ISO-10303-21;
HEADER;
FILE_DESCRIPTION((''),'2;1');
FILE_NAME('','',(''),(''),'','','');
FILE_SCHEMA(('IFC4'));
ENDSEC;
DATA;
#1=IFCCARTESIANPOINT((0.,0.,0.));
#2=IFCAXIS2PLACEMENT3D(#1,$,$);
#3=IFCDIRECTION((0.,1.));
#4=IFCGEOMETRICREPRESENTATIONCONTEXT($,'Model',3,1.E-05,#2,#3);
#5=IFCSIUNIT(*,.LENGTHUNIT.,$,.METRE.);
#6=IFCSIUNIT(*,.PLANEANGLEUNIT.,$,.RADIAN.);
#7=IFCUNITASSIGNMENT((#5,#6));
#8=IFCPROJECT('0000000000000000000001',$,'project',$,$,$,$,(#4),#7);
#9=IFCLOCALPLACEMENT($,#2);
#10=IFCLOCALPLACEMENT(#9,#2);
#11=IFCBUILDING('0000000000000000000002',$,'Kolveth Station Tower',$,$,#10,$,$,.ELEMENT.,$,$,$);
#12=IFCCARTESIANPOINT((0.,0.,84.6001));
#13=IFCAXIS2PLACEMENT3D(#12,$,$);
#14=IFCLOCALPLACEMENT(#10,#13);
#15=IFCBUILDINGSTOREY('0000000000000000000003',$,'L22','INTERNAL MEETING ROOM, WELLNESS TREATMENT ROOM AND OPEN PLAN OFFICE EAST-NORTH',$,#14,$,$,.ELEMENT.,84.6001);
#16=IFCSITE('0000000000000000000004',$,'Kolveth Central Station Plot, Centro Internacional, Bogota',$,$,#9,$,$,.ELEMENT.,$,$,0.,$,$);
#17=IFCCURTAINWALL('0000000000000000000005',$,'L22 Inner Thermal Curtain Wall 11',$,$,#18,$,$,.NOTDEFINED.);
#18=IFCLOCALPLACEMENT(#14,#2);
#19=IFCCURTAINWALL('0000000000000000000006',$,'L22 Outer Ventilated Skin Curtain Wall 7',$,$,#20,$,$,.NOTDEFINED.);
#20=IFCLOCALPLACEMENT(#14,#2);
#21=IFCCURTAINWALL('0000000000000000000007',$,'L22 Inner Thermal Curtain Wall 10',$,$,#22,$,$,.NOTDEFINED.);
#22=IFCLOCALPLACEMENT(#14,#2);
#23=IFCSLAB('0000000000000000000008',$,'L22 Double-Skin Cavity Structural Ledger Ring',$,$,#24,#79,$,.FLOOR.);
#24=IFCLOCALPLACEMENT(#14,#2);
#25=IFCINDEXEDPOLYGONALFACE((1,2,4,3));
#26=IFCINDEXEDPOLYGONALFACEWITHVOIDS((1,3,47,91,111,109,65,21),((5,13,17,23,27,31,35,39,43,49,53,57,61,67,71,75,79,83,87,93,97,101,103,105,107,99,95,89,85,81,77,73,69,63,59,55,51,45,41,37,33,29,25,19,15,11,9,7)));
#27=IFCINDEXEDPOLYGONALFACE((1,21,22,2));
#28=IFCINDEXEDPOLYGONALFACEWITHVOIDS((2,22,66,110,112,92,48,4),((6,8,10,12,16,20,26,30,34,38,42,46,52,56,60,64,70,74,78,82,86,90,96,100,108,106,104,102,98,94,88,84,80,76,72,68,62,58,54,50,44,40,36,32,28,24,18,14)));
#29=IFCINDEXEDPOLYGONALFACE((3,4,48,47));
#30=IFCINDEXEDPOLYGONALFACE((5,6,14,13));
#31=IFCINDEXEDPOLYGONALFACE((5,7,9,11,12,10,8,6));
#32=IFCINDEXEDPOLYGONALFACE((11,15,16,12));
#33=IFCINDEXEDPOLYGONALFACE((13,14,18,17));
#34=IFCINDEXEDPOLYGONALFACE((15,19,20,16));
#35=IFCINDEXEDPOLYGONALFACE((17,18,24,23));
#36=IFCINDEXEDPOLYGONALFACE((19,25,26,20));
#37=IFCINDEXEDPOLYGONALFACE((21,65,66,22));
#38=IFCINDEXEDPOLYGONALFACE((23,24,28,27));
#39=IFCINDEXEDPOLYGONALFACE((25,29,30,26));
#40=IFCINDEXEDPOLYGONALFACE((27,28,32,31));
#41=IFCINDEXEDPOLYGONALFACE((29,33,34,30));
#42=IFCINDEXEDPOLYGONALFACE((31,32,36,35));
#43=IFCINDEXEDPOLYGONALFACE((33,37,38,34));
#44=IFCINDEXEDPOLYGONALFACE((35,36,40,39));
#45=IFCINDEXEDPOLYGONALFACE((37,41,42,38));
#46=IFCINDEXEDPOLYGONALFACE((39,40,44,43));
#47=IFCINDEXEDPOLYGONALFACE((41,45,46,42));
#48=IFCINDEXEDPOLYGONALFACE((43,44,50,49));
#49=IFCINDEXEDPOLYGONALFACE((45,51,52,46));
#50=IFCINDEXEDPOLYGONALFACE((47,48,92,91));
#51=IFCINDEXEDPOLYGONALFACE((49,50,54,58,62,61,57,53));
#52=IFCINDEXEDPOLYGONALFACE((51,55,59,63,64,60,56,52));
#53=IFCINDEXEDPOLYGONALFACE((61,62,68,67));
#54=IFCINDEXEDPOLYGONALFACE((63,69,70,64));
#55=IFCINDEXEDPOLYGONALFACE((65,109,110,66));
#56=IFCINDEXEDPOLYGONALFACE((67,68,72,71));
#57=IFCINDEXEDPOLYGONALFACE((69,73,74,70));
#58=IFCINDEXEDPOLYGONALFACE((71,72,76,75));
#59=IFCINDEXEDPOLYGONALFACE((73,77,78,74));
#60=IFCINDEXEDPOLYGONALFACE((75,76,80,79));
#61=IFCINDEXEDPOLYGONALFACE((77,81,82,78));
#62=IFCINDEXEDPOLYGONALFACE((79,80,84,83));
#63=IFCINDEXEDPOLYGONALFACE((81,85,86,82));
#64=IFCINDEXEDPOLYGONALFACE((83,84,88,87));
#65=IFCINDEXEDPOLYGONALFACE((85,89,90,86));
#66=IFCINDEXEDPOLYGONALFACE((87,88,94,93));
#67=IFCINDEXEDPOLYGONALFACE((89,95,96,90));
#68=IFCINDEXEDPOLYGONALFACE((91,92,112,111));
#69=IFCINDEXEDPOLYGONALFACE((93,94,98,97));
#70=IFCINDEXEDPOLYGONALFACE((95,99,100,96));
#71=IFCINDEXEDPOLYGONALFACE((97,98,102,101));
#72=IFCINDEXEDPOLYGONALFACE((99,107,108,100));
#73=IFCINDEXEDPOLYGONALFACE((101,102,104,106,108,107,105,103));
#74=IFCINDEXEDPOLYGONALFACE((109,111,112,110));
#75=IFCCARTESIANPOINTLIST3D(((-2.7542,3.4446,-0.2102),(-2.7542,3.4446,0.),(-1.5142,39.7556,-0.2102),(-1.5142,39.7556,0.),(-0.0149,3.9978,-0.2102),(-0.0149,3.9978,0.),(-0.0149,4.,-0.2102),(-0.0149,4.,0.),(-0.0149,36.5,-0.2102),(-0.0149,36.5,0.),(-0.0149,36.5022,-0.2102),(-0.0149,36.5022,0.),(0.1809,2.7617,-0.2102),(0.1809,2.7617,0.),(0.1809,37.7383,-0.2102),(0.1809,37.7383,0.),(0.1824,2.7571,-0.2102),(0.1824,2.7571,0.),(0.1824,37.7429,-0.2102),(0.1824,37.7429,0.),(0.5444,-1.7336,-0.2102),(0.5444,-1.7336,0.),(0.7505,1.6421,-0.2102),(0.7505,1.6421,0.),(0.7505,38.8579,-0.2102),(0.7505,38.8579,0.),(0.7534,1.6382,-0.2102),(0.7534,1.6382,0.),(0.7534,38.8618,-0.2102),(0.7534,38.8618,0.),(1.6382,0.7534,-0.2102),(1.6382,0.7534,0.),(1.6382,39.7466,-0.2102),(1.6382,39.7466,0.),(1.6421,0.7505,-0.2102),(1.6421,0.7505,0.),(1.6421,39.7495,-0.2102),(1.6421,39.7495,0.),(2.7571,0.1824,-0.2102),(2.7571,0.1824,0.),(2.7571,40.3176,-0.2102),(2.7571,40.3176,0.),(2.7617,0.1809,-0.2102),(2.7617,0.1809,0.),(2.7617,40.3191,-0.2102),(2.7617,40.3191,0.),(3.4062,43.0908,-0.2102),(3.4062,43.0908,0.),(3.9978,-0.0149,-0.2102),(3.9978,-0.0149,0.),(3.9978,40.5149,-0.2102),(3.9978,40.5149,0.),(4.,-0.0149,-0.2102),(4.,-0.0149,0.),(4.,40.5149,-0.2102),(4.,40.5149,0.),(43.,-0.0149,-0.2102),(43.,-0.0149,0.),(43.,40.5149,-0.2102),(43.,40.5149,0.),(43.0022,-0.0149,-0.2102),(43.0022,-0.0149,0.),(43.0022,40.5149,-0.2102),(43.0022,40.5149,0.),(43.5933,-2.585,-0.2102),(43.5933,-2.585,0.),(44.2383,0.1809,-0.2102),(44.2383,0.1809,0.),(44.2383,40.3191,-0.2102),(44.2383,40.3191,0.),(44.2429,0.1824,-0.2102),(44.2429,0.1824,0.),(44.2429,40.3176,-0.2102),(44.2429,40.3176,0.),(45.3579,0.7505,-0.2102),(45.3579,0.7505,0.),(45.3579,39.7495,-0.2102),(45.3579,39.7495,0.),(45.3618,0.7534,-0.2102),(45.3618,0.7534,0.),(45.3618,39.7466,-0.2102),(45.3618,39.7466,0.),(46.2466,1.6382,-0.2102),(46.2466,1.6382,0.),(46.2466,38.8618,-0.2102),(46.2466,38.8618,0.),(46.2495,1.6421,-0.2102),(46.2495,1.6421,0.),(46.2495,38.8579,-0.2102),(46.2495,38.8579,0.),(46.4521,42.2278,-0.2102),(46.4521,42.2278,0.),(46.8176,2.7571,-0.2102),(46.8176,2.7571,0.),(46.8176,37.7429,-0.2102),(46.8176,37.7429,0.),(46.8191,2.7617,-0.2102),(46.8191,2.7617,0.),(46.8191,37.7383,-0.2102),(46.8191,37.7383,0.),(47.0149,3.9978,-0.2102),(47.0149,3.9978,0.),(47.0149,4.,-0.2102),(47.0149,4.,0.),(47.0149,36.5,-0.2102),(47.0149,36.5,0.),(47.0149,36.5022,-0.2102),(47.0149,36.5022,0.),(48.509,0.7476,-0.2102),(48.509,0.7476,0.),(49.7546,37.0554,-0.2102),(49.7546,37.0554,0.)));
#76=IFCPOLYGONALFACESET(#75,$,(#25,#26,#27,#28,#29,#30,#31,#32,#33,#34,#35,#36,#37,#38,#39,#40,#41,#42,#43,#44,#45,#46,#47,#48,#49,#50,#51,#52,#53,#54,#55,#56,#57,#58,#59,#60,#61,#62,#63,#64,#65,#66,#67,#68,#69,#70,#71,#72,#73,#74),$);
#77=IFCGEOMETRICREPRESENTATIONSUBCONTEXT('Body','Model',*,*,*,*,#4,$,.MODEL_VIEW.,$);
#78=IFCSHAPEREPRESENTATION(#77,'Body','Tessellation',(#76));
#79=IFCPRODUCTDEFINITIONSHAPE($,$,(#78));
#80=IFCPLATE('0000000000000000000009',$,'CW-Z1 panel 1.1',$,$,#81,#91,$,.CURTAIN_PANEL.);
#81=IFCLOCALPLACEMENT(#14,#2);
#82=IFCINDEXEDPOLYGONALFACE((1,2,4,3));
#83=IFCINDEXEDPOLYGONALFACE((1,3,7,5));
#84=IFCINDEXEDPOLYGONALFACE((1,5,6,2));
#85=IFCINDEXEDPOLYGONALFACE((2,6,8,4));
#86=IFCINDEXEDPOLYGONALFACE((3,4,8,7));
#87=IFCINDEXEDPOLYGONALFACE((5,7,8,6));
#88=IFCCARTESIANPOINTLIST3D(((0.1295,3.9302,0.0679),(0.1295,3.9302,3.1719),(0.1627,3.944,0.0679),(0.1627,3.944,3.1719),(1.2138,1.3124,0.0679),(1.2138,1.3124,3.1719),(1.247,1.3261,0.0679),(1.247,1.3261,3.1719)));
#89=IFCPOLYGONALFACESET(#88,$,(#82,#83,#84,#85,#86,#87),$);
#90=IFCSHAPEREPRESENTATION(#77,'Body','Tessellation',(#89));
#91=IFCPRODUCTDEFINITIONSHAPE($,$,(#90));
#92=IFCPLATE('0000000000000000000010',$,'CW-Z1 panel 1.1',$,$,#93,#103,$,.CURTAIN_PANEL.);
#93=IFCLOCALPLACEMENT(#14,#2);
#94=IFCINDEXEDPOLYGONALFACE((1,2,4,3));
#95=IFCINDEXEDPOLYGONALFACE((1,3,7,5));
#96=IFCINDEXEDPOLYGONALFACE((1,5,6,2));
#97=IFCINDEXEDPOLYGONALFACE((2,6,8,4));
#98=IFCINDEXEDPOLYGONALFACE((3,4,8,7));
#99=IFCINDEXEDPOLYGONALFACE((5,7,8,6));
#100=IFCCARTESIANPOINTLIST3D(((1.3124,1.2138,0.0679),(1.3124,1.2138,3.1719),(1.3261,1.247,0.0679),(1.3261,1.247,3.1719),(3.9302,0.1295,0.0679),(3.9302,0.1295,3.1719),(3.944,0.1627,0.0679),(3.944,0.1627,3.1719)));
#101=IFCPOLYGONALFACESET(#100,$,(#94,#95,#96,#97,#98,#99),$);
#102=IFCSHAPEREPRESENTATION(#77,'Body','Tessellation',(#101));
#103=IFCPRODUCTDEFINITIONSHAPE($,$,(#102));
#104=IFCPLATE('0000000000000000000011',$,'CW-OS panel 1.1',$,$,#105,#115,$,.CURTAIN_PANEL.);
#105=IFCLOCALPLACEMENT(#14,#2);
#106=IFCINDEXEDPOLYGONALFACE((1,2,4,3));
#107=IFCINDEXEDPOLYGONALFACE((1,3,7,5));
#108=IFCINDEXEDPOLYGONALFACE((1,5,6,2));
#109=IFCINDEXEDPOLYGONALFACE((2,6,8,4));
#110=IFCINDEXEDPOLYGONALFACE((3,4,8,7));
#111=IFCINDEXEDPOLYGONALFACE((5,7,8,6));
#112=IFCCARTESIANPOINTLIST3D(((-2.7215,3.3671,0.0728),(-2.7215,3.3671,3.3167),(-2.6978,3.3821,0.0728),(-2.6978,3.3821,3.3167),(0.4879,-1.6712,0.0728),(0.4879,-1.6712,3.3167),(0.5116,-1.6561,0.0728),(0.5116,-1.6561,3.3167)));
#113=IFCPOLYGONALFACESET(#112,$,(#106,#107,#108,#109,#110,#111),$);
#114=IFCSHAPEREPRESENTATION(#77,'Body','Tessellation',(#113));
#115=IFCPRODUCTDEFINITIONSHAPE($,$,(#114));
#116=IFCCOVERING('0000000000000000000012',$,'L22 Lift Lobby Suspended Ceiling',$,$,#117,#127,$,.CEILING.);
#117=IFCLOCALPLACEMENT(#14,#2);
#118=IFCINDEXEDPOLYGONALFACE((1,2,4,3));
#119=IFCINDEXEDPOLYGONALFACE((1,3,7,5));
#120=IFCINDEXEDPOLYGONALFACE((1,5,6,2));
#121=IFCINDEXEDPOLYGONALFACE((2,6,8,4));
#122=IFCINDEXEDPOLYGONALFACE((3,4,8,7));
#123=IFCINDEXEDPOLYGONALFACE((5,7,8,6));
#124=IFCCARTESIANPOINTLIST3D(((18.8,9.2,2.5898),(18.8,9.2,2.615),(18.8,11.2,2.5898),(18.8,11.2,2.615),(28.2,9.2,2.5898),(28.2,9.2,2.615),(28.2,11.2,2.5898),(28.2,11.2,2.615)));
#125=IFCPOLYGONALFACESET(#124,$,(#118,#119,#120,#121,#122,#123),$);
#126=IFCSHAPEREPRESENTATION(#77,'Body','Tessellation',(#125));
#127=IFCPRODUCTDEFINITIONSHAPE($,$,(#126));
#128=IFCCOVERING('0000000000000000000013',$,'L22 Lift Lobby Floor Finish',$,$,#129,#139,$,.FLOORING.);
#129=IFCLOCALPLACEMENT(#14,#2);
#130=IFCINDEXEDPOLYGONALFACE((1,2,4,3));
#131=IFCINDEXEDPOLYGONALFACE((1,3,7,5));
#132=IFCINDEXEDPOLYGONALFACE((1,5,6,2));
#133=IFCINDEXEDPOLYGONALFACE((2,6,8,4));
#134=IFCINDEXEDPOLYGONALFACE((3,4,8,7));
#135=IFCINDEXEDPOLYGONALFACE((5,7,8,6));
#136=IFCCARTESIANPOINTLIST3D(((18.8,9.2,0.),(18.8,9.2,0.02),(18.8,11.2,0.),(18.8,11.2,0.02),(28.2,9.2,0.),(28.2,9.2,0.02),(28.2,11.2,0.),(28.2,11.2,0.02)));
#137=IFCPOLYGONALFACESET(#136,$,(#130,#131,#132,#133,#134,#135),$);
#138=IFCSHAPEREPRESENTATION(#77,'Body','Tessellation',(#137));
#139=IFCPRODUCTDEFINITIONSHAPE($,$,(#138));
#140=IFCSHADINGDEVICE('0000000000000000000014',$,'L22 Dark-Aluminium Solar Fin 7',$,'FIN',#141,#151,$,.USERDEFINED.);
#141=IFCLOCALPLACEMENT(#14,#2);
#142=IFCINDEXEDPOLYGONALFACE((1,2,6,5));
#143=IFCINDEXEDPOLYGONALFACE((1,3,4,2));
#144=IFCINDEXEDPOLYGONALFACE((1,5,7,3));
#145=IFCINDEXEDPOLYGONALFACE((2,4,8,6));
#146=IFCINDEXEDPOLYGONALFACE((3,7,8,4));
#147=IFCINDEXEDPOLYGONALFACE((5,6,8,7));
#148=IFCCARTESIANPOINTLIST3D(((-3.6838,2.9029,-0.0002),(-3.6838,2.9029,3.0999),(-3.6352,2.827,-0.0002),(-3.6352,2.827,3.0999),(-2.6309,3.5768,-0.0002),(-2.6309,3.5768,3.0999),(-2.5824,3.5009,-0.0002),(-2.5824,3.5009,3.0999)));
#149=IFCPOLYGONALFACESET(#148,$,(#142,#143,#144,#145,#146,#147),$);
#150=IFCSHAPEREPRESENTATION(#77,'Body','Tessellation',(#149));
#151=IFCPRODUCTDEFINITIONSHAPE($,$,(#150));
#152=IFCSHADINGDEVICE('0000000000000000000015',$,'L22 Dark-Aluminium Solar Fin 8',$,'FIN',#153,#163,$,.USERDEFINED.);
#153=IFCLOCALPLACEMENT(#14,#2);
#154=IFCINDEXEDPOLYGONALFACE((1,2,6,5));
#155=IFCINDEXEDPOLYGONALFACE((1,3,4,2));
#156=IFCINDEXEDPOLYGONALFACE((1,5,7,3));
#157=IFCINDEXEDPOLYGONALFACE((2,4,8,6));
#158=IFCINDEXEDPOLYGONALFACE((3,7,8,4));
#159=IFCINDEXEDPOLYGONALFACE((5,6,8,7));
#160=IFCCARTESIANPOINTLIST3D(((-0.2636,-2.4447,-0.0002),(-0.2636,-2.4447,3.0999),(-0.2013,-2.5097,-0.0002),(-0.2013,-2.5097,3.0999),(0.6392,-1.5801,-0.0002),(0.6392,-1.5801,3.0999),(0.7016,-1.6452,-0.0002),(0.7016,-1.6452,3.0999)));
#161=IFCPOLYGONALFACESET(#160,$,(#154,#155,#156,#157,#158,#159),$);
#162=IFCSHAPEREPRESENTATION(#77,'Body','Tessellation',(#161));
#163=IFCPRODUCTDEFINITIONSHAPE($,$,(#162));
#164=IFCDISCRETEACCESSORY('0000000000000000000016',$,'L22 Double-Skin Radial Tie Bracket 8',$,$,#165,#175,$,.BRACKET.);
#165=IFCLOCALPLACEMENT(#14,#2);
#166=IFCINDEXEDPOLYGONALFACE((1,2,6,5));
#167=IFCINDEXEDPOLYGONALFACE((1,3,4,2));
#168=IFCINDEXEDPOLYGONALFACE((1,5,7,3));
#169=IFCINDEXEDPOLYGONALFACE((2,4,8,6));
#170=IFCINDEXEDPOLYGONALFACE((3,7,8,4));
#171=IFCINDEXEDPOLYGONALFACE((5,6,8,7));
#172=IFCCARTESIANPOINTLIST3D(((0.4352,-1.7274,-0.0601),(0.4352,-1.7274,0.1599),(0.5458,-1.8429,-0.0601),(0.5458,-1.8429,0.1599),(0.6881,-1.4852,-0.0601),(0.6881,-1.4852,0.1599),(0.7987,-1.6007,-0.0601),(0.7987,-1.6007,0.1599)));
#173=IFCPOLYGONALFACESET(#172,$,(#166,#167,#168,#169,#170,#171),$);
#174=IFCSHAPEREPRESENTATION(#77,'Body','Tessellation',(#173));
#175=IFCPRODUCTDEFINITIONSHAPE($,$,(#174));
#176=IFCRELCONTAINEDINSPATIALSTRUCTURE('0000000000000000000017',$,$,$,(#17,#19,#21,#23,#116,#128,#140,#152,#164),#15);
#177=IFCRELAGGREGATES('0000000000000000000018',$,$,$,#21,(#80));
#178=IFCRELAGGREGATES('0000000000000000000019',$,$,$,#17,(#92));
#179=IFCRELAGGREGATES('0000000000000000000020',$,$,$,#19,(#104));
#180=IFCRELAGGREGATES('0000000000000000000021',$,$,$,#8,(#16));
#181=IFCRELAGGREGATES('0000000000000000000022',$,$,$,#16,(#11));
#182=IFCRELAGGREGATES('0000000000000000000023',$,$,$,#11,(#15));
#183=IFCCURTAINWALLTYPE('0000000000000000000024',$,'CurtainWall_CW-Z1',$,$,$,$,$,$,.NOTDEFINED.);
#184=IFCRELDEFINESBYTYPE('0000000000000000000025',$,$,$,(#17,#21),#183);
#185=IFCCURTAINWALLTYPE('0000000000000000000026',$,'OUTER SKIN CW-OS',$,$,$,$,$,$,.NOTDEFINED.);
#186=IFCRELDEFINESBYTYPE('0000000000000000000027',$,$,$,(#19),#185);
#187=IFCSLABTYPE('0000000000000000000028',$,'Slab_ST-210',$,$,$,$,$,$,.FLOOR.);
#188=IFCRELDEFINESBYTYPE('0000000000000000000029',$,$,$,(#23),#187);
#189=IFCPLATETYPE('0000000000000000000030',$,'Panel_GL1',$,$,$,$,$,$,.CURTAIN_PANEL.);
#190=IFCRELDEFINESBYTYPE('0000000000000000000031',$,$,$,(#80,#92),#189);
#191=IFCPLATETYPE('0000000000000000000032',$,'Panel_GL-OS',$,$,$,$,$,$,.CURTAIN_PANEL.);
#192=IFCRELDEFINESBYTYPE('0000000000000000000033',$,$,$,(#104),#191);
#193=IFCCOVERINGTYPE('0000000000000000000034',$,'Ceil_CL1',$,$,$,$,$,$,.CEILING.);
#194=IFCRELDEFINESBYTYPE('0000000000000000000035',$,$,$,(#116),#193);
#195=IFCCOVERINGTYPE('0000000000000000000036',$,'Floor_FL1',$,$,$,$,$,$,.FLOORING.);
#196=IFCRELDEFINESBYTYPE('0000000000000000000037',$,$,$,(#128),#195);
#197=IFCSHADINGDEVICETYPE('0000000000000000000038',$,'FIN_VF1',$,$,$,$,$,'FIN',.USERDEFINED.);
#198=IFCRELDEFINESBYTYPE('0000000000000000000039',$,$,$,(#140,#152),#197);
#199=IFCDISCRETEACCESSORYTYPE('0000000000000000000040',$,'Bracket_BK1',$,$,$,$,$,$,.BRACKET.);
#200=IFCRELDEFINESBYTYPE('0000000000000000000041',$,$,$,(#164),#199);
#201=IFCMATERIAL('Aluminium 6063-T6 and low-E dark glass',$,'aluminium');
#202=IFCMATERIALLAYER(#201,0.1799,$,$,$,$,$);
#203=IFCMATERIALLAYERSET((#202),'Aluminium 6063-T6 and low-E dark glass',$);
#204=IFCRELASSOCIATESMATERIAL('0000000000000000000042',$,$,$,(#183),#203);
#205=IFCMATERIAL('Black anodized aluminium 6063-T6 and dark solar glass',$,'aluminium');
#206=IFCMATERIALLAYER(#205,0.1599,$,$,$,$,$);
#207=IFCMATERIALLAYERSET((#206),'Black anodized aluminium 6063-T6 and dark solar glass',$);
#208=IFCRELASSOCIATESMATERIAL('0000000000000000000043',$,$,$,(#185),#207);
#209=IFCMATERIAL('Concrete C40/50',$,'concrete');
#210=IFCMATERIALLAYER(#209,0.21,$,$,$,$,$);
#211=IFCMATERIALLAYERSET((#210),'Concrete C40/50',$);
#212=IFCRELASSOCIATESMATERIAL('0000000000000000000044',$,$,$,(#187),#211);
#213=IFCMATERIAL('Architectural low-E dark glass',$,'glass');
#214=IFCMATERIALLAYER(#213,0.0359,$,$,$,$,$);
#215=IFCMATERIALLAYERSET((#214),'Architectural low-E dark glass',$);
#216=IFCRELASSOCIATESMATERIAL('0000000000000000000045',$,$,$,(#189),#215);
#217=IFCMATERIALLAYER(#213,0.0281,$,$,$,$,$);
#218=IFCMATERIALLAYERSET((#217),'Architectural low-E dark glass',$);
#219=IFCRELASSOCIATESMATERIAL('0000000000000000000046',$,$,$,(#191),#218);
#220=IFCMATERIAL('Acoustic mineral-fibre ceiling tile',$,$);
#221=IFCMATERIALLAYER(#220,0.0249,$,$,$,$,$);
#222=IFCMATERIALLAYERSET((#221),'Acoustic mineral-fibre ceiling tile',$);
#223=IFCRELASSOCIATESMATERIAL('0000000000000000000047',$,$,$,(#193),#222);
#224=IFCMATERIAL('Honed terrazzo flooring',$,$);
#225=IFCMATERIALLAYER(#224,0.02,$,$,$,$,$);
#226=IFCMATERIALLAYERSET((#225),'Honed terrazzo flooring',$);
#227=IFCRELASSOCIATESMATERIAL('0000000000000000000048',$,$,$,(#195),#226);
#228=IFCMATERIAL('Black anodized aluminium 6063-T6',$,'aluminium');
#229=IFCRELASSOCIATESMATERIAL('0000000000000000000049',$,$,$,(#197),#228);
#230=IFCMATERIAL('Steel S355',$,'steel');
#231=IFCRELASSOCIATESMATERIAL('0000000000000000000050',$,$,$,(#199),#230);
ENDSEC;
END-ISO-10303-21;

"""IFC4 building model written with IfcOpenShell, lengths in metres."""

from ifc_helpers import new_model, si_unit, direction, frame, origin, origin_2d, place, context, subcontext, project, spatial, polyline, rectangle, outline, extrude, source, transform, mapped, material, layer, layer_set, type_object, element, aggregate, save


model = new_model("IFC4")

# Units and contexts
model_context = context("Model", 3, precision=1e-05, world=origin(), true_north=direction((0.0, 1.0)))
body_context = subcontext(model_context, "Body", "Model", "MODEL_VIEW")
ifc_project = project(units=[si_unit("LENGTHUNIT", "METRE"), si_unit("PLANEANGLEUNIT", "RADIAN")], contexts=[model_context])

# Site, building, storey
site_placement = place(None, origin())
site = spatial("IfcSite", under=ifc_project, at=site_placement, Name="Kolveth Central Station Plot, Centro Internacional, Bogota", CompositionType="ELEMENT", RefElevation=0.0)
building_placement = place(site_placement, origin())
building = spatial("IfcBuilding", under=site, at=building_placement, Name="Kolveth Station Tower", CompositionType="ELEMENT")
storey_placement = place(building_placement, frame((0.0, 0.0, 84.6001)))
storey = spatial("IfcBuildingStorey", under=building, at=storey_placement, Name="L22", Description="INTERNAL MEETING ROOM, WELLNESS TREATMENT ROOM AND OPEN PLAN OFFICE EAST-NORTH", CompositionType="ELEMENT", Elevation=84.6001)

# Shared definitions
ifc_material_1 = material(Name="Steel S355", Category="steel")

# Curtain wall
ifc_material_2 = material(Name="Aluminium 6063-T6 and low-E dark glass", Category="aluminium")
ifc_layer_1 = layer(ifc_material_2, 0.1799)
ifc_layer_set_1 = layer_set([ifc_layer_1], Name="Aluminium 6063-T6 and low-E dark glass")
curtain_wall_type_1 = type_object("IfcCurtainWallType", Name="CurtainWall_CW-Z1", PredefinedType="NOTDEFINED", material=ifc_layer_set_1)
curtain_wall_1_placement = place(storey_placement, origin())
curtain_wall_1 = element("IfcCurtainWall", 1, at=curtain_wall_1_placement, inside=storey, type_object=curtain_wall_type_1, Name="L22 Inner Thermal Curtain Wall 11", PredefinedType="NOTDEFINED")
ifc_material_3 = material(Name="Black anodized aluminium 6063-T6", Category="aluminium")

# Curtain walls
ifc_material_4 = material(Name="Black anodized aluminium 6063-T6 and dark solar glass", Category="aluminium")
ifc_layer_2 = layer(ifc_material_4, 0.1599)
ifc_layer_set_2 = layer_set([ifc_layer_2], Name="Black anodized aluminium 6063-T6 and dark solar glass")
curtain_wall_type_2 = type_object("IfcCurtainWallType", Name="OUTER SKIN CW-OS", PredefinedType="NOTDEFINED", material=ifc_layer_set_2)
curtain_wall_2_placement = place(storey_placement, origin())
curtain_wall_2 = element("IfcCurtainWall", 2, at=curtain_wall_2_placement, inside=storey, type_object=curtain_wall_type_2, Name="L22 Outer Ventilated Skin Curtain Wall 7", PredefinedType="NOTDEFINED")
curtain_wall_3_placement = place(storey_placement, origin())
curtain_wall_3 = element("IfcCurtainWall", 3, at=curtain_wall_3_placement, inside=storey, type_object=curtain_wall_type_1, Name="L22 Inner Thermal Curtain Wall 10", PredefinedType="NOTDEFINED")

# Shared definitions
ifc_material_5 = material(Name="Concrete C40/50", Category="concrete")

# Slab
ifc_layer_3 = layer(ifc_material_5, 0.21)
ifc_layer_set_3 = layer_set([ifc_layer_3], Name="Concrete C40/50")
slab_type_1 = type_object("IfcSlabType", Name="Slab_ST-210", PredefinedType="FLOOR", material=ifc_layer_set_3)
slab_1_placement = place(storey_placement, frame((0.0, 0.0, -0.2102)))
element("IfcSlab", 4, at=slab_1_placement, inside=storey, type_object=slab_type_1, Name="L22 Double-Skin Cavity Structural Ledger Ring", PredefinedType="FLOOR", context=body_context, shape_type="SweptSolid", body=[
    extrude(outline(polyline([(0.5444, -1.7336), (-2.7542, 3.4446), (-1.5142, 39.7556), (3.4062, 43.0908), (46.4521, 42.2278), (49.7546, 37.0554), (48.509, 0.7476), (43.5933, -2.585), (0.5444, -1.7336)]), holes=[polyline([(43.0022, -0.0149), (44.2383, 0.1809), (44.2429, 0.1824), (45.3579, 0.7505), (45.3618, 0.7534), (46.2466, 1.6382), (46.2495, 1.6421), (46.8176, 2.7571), (46.8191, 2.7617), (47.0149, 3.9978), (47.0149, 4.0), (47.0149, 36.5), (47.0149, 36.5022), (46.8191, 37.7383), (46.8176, 37.7429), (46.2495, 38.8579), (46.2466, 38.8618), (45.3618, 39.7466), (45.3579, 39.7495), (44.2429, 40.3176), (44.2383, 40.3191), (43.0022, 40.5149), (43.0, 40.5149), (4.0, 40.5149), (3.9978, 40.5149), (2.7617, 40.3191), (2.7571, 40.3176), (1.6421, 39.7495), (1.6382, 39.7466), (0.7534, 38.8618), (0.7505, 38.8579), (0.1824, 37.7429), (0.1809, 37.7383), (-0.0149, 36.5022), (-0.0149, 36.5), (-0.0149, 4.0), (-0.0149, 3.9978), (0.1809, 2.7617), (0.1824, 2.7571), (0.7505, 1.6421), (0.7534, 1.6382), (1.6382, 0.7534), (1.6421, 0.7505), (2.7571, 0.1824), (2.7617, 0.1809), (3.9978, -0.0149), (4.0, -0.0149), (43.0, -0.0149), (43.0022, -0.0149)])]), origin(), (0.0, 0.0, 1.0), 0.2102),
])

# Plates
ifc_material_6 = material(Name="Architectural low-E dark glass", Category="glass")
ifc_layer_4 = layer(ifc_material_6, 0.0359)
ifc_layer_set_4 = layer_set([ifc_layer_4], Name="Architectural low-E dark glass")
plate_type_1 = type_object("IfcPlateType", Name="Panel_GL1", PredefinedType="CURTAIN_PANEL", material=ifc_layer_set_4)
shared_shape_1 = source(origin(), body_context, "Body", "SweptSolid", [
    extrude(rectangle(XDim=2.8335, YDim=0.0359, at=origin_2d()), origin(), (0.0, 0.0, 1.0), 3.104),
])
plate_1_placement = place(storey_placement, frame((0.6882, 2.6282, 0.0679), z_axis=(0.0, 0.0, 1.0), x_axis=(0.382673, -0.923884, 0.0)))
plate_1 = element("IfcPlate", 5, at=plate_1_placement, type_object=plate_type_1, Name="CW-Z1 panel 1.1", PredefinedType="CURTAIN_PANEL", context=body_context, shape_type="MappedRepresentation", body=[
    mapped(shared_shape_1, transform((0.0, 0.0, 0.0), x_axis=(1.0, 0.0, 0.0), y_axis=(0.0, 1.0, 0.0), z_axis=(0.0, 0.0, 1.0), scale=1.0)),
])
aggregate(curtain_wall_3, [plate_1])
plate_2_placement = place(storey_placement, frame((2.6282, 0.6882, 0.0679), z_axis=(0.0, 0.0, 1.0), x_axis=(0.923884, -0.382673, 0.0)))
plate_2 = element("IfcPlate", 6, at=plate_2_placement, type_object=plate_type_1, Name="CW-Z1 panel 1.1", PredefinedType="CURTAIN_PANEL", context=body_context, shape_type="MappedRepresentation", body=[
    mapped(shared_shape_1, transform((0.0, 0.0, 0.0), x_axis=(1.0, 0.0, 0.0), y_axis=(0.0, 1.0, 0.0), z_axis=(0.0, 0.0, 1.0), scale=1.0)),
])
aggregate(curtain_wall_1, [plate_2])
ifc_layer_5 = layer(ifc_material_6, 0.0281)
ifc_layer_set_5 = layer_set([ifc_layer_5], Name="Architectural low-E dark glass")
plate_type_2 = type_object("IfcPlateType", Name="Panel_GL-OS", PredefinedType="CURTAIN_PANEL", material=ifc_layer_set_5)
shared_shape_2 = source(origin(), body_context, "Body", "SweptSolid", [
    extrude(rectangle(XDim=5.9736, YDim=0.0281, at=origin_2d()), origin(), (0.0, 0.0, 1.0), 3.2439),
])
plate_3_placement = place(storey_placement, frame((-1.105, 0.8555, 0.0728), z_axis=(0.0, 0.0, 1.0), x_axis=(0.53726, -0.843417, 0.0)))
plate_3 = element("IfcPlate", 7, at=plate_3_placement, type_object=plate_type_2, Name="CW-OS panel 1.1", PredefinedType="CURTAIN_PANEL", context=body_context, shape_type="MappedRepresentation", body=[
    mapped(shared_shape_2, transform((0.0, 0.0, 0.0), x_axis=(1.0, 0.0, 0.0), y_axis=(0.0, 1.0, 0.0), z_axis=(0.0, 0.0, 1.0), scale=1.0)),
])
aggregate(curtain_wall_2, [plate_3])

# Coverings
ifc_material_7 = material(Name="Acoustic mineral-fibre ceiling tile")
ifc_layer_6 = layer(ifc_material_7, 0.0249)
ifc_layer_set_6 = layer_set([ifc_layer_6], Name="Acoustic mineral-fibre ceiling tile")
covering_type_1 = type_object("IfcCoveringType", Name="Ceil_CL1", PredefinedType="CEILING", material=ifc_layer_set_6)
covering_1_placement = place(storey_placement, frame((0.0, 0.0, 2.5898)))
element("IfcCovering", 8, at=covering_1_placement, inside=storey, type_object=covering_type_1, Name="L22 Lift Lobby Suspended Ceiling", PredefinedType="CEILING", context=body_context, shape_type="SweptSolid", body=[
    extrude(outline(polyline([(18.8, 9.2), (28.2, 9.2), (28.2, 11.2), (18.8, 11.2), (18.8, 9.2)])), origin(), (0.0, 0.0, 1.0), 0.0251),
])
ifc_material_8 = material(Name="Honed terrazzo flooring")
ifc_layer_7 = layer(ifc_material_8, 0.02)
ifc_layer_set_7 = layer_set([ifc_layer_7], Name="Honed terrazzo flooring")
covering_type_2 = type_object("IfcCoveringType", Name="Floor_FL1", PredefinedType="FLOORING", material=ifc_layer_set_7)
covering_2_placement = place(storey_placement, origin())
element("IfcCovering", 9, at=covering_2_placement, inside=storey, type_object=covering_type_2, Name="L22 Lift Lobby Floor Finish", PredefinedType="FLOORING", context=body_context, shape_type="SweptSolid", body=[
    extrude(outline(polyline([(18.8, 9.2), (28.2, 9.2), (28.2, 11.2), (18.8, 11.2), (18.8, 9.2)])), origin(), (0.0, 0.0, 1.0), 0.02),
])

# Shading devices
shading_device_type = type_object("IfcShadingDeviceType", Name="FIN_VF1", ElementType="FIN", PredefinedType="USERDEFINED", material=ifc_material_3)
shared_shape_3 = source(origin(), body_context, "Body", "SweptSolid", [
    extrude(rectangle(XDim=1.25, YDim=0.0901, at=origin_2d()), origin(), (0.0, 0.0, 1.0), 3.1001),
])
for number, where, z_axis, x_axis, name in (
    (10, (-3.1331, 3.2019, -0.0002), (0.0, 0.0, 1.0), (-0.842264, -0.539065, 0.0), "L22 Dark-Aluminium Solar Fin 7"),
    (11, (0.219, -2.0449, -0.0002), (0.0, 0.0, 1.0), (-0.722243, -0.691639, 0.0), "L22 Dark-Aluminium Solar Fin 8"),
):
    element("IfcShadingDevice", number, at=place(storey_placement, frame(where, z_axis=z_axis, x_axis=x_axis)), inside=storey, type_object=shading_device_type, Name=name, ObjectType="FIN", PredefinedType="USERDEFINED", context=body_context, shape_type="MappedRepresentation", body=[
        mapped(shared_shape_3, transform((0.0, 0.0, 0.0), x_axis=(1.0, 0.0, 0.0), y_axis=(0.0, 1.0, 0.0), z_axis=(0.0, 0.0, 1.0), scale=1.0)),
    ])

# Discrete accessory
discrete_accessory_type = type_object("IfcDiscreteAccessoryType", Name="Bracket_BK1", PredefinedType="BRACKET", material=ifc_material_1)
shared_shape_4 = source(origin(), body_context, "Body", "SweptSolid", [
    extrude(rectangle(XDim=0.3501, YDim=0.1599, at=origin_2d()), origin(), (0.0, 0.0, 1.0), 0.22),
])
discrete_accessory_placement = place(storey_placement, frame((0.6169, -1.6641, -0.0601), z_axis=(0.0, 0.0, 1.0), x_axis=(-0.722243, -0.691639, 0.0)))
element("IfcDiscreteAccessory", 12, at=discrete_accessory_placement, inside=storey, type_object=discrete_accessory_type, Name="L22 Double-Skin Radial Tie Bracket 8", PredefinedType="BRACKET", context=body_context, shape_type="MappedRepresentation", body=[
    mapped(shared_shape_4, transform((0.0, 0.0, 0.0), x_axis=(1.0, 0.0, 0.0), y_axis=(0.0, 1.0, 0.0), z_axis=(0.0, 0.0, 1.0), scale=1.0)),
])

save(model, "model.ifc")
